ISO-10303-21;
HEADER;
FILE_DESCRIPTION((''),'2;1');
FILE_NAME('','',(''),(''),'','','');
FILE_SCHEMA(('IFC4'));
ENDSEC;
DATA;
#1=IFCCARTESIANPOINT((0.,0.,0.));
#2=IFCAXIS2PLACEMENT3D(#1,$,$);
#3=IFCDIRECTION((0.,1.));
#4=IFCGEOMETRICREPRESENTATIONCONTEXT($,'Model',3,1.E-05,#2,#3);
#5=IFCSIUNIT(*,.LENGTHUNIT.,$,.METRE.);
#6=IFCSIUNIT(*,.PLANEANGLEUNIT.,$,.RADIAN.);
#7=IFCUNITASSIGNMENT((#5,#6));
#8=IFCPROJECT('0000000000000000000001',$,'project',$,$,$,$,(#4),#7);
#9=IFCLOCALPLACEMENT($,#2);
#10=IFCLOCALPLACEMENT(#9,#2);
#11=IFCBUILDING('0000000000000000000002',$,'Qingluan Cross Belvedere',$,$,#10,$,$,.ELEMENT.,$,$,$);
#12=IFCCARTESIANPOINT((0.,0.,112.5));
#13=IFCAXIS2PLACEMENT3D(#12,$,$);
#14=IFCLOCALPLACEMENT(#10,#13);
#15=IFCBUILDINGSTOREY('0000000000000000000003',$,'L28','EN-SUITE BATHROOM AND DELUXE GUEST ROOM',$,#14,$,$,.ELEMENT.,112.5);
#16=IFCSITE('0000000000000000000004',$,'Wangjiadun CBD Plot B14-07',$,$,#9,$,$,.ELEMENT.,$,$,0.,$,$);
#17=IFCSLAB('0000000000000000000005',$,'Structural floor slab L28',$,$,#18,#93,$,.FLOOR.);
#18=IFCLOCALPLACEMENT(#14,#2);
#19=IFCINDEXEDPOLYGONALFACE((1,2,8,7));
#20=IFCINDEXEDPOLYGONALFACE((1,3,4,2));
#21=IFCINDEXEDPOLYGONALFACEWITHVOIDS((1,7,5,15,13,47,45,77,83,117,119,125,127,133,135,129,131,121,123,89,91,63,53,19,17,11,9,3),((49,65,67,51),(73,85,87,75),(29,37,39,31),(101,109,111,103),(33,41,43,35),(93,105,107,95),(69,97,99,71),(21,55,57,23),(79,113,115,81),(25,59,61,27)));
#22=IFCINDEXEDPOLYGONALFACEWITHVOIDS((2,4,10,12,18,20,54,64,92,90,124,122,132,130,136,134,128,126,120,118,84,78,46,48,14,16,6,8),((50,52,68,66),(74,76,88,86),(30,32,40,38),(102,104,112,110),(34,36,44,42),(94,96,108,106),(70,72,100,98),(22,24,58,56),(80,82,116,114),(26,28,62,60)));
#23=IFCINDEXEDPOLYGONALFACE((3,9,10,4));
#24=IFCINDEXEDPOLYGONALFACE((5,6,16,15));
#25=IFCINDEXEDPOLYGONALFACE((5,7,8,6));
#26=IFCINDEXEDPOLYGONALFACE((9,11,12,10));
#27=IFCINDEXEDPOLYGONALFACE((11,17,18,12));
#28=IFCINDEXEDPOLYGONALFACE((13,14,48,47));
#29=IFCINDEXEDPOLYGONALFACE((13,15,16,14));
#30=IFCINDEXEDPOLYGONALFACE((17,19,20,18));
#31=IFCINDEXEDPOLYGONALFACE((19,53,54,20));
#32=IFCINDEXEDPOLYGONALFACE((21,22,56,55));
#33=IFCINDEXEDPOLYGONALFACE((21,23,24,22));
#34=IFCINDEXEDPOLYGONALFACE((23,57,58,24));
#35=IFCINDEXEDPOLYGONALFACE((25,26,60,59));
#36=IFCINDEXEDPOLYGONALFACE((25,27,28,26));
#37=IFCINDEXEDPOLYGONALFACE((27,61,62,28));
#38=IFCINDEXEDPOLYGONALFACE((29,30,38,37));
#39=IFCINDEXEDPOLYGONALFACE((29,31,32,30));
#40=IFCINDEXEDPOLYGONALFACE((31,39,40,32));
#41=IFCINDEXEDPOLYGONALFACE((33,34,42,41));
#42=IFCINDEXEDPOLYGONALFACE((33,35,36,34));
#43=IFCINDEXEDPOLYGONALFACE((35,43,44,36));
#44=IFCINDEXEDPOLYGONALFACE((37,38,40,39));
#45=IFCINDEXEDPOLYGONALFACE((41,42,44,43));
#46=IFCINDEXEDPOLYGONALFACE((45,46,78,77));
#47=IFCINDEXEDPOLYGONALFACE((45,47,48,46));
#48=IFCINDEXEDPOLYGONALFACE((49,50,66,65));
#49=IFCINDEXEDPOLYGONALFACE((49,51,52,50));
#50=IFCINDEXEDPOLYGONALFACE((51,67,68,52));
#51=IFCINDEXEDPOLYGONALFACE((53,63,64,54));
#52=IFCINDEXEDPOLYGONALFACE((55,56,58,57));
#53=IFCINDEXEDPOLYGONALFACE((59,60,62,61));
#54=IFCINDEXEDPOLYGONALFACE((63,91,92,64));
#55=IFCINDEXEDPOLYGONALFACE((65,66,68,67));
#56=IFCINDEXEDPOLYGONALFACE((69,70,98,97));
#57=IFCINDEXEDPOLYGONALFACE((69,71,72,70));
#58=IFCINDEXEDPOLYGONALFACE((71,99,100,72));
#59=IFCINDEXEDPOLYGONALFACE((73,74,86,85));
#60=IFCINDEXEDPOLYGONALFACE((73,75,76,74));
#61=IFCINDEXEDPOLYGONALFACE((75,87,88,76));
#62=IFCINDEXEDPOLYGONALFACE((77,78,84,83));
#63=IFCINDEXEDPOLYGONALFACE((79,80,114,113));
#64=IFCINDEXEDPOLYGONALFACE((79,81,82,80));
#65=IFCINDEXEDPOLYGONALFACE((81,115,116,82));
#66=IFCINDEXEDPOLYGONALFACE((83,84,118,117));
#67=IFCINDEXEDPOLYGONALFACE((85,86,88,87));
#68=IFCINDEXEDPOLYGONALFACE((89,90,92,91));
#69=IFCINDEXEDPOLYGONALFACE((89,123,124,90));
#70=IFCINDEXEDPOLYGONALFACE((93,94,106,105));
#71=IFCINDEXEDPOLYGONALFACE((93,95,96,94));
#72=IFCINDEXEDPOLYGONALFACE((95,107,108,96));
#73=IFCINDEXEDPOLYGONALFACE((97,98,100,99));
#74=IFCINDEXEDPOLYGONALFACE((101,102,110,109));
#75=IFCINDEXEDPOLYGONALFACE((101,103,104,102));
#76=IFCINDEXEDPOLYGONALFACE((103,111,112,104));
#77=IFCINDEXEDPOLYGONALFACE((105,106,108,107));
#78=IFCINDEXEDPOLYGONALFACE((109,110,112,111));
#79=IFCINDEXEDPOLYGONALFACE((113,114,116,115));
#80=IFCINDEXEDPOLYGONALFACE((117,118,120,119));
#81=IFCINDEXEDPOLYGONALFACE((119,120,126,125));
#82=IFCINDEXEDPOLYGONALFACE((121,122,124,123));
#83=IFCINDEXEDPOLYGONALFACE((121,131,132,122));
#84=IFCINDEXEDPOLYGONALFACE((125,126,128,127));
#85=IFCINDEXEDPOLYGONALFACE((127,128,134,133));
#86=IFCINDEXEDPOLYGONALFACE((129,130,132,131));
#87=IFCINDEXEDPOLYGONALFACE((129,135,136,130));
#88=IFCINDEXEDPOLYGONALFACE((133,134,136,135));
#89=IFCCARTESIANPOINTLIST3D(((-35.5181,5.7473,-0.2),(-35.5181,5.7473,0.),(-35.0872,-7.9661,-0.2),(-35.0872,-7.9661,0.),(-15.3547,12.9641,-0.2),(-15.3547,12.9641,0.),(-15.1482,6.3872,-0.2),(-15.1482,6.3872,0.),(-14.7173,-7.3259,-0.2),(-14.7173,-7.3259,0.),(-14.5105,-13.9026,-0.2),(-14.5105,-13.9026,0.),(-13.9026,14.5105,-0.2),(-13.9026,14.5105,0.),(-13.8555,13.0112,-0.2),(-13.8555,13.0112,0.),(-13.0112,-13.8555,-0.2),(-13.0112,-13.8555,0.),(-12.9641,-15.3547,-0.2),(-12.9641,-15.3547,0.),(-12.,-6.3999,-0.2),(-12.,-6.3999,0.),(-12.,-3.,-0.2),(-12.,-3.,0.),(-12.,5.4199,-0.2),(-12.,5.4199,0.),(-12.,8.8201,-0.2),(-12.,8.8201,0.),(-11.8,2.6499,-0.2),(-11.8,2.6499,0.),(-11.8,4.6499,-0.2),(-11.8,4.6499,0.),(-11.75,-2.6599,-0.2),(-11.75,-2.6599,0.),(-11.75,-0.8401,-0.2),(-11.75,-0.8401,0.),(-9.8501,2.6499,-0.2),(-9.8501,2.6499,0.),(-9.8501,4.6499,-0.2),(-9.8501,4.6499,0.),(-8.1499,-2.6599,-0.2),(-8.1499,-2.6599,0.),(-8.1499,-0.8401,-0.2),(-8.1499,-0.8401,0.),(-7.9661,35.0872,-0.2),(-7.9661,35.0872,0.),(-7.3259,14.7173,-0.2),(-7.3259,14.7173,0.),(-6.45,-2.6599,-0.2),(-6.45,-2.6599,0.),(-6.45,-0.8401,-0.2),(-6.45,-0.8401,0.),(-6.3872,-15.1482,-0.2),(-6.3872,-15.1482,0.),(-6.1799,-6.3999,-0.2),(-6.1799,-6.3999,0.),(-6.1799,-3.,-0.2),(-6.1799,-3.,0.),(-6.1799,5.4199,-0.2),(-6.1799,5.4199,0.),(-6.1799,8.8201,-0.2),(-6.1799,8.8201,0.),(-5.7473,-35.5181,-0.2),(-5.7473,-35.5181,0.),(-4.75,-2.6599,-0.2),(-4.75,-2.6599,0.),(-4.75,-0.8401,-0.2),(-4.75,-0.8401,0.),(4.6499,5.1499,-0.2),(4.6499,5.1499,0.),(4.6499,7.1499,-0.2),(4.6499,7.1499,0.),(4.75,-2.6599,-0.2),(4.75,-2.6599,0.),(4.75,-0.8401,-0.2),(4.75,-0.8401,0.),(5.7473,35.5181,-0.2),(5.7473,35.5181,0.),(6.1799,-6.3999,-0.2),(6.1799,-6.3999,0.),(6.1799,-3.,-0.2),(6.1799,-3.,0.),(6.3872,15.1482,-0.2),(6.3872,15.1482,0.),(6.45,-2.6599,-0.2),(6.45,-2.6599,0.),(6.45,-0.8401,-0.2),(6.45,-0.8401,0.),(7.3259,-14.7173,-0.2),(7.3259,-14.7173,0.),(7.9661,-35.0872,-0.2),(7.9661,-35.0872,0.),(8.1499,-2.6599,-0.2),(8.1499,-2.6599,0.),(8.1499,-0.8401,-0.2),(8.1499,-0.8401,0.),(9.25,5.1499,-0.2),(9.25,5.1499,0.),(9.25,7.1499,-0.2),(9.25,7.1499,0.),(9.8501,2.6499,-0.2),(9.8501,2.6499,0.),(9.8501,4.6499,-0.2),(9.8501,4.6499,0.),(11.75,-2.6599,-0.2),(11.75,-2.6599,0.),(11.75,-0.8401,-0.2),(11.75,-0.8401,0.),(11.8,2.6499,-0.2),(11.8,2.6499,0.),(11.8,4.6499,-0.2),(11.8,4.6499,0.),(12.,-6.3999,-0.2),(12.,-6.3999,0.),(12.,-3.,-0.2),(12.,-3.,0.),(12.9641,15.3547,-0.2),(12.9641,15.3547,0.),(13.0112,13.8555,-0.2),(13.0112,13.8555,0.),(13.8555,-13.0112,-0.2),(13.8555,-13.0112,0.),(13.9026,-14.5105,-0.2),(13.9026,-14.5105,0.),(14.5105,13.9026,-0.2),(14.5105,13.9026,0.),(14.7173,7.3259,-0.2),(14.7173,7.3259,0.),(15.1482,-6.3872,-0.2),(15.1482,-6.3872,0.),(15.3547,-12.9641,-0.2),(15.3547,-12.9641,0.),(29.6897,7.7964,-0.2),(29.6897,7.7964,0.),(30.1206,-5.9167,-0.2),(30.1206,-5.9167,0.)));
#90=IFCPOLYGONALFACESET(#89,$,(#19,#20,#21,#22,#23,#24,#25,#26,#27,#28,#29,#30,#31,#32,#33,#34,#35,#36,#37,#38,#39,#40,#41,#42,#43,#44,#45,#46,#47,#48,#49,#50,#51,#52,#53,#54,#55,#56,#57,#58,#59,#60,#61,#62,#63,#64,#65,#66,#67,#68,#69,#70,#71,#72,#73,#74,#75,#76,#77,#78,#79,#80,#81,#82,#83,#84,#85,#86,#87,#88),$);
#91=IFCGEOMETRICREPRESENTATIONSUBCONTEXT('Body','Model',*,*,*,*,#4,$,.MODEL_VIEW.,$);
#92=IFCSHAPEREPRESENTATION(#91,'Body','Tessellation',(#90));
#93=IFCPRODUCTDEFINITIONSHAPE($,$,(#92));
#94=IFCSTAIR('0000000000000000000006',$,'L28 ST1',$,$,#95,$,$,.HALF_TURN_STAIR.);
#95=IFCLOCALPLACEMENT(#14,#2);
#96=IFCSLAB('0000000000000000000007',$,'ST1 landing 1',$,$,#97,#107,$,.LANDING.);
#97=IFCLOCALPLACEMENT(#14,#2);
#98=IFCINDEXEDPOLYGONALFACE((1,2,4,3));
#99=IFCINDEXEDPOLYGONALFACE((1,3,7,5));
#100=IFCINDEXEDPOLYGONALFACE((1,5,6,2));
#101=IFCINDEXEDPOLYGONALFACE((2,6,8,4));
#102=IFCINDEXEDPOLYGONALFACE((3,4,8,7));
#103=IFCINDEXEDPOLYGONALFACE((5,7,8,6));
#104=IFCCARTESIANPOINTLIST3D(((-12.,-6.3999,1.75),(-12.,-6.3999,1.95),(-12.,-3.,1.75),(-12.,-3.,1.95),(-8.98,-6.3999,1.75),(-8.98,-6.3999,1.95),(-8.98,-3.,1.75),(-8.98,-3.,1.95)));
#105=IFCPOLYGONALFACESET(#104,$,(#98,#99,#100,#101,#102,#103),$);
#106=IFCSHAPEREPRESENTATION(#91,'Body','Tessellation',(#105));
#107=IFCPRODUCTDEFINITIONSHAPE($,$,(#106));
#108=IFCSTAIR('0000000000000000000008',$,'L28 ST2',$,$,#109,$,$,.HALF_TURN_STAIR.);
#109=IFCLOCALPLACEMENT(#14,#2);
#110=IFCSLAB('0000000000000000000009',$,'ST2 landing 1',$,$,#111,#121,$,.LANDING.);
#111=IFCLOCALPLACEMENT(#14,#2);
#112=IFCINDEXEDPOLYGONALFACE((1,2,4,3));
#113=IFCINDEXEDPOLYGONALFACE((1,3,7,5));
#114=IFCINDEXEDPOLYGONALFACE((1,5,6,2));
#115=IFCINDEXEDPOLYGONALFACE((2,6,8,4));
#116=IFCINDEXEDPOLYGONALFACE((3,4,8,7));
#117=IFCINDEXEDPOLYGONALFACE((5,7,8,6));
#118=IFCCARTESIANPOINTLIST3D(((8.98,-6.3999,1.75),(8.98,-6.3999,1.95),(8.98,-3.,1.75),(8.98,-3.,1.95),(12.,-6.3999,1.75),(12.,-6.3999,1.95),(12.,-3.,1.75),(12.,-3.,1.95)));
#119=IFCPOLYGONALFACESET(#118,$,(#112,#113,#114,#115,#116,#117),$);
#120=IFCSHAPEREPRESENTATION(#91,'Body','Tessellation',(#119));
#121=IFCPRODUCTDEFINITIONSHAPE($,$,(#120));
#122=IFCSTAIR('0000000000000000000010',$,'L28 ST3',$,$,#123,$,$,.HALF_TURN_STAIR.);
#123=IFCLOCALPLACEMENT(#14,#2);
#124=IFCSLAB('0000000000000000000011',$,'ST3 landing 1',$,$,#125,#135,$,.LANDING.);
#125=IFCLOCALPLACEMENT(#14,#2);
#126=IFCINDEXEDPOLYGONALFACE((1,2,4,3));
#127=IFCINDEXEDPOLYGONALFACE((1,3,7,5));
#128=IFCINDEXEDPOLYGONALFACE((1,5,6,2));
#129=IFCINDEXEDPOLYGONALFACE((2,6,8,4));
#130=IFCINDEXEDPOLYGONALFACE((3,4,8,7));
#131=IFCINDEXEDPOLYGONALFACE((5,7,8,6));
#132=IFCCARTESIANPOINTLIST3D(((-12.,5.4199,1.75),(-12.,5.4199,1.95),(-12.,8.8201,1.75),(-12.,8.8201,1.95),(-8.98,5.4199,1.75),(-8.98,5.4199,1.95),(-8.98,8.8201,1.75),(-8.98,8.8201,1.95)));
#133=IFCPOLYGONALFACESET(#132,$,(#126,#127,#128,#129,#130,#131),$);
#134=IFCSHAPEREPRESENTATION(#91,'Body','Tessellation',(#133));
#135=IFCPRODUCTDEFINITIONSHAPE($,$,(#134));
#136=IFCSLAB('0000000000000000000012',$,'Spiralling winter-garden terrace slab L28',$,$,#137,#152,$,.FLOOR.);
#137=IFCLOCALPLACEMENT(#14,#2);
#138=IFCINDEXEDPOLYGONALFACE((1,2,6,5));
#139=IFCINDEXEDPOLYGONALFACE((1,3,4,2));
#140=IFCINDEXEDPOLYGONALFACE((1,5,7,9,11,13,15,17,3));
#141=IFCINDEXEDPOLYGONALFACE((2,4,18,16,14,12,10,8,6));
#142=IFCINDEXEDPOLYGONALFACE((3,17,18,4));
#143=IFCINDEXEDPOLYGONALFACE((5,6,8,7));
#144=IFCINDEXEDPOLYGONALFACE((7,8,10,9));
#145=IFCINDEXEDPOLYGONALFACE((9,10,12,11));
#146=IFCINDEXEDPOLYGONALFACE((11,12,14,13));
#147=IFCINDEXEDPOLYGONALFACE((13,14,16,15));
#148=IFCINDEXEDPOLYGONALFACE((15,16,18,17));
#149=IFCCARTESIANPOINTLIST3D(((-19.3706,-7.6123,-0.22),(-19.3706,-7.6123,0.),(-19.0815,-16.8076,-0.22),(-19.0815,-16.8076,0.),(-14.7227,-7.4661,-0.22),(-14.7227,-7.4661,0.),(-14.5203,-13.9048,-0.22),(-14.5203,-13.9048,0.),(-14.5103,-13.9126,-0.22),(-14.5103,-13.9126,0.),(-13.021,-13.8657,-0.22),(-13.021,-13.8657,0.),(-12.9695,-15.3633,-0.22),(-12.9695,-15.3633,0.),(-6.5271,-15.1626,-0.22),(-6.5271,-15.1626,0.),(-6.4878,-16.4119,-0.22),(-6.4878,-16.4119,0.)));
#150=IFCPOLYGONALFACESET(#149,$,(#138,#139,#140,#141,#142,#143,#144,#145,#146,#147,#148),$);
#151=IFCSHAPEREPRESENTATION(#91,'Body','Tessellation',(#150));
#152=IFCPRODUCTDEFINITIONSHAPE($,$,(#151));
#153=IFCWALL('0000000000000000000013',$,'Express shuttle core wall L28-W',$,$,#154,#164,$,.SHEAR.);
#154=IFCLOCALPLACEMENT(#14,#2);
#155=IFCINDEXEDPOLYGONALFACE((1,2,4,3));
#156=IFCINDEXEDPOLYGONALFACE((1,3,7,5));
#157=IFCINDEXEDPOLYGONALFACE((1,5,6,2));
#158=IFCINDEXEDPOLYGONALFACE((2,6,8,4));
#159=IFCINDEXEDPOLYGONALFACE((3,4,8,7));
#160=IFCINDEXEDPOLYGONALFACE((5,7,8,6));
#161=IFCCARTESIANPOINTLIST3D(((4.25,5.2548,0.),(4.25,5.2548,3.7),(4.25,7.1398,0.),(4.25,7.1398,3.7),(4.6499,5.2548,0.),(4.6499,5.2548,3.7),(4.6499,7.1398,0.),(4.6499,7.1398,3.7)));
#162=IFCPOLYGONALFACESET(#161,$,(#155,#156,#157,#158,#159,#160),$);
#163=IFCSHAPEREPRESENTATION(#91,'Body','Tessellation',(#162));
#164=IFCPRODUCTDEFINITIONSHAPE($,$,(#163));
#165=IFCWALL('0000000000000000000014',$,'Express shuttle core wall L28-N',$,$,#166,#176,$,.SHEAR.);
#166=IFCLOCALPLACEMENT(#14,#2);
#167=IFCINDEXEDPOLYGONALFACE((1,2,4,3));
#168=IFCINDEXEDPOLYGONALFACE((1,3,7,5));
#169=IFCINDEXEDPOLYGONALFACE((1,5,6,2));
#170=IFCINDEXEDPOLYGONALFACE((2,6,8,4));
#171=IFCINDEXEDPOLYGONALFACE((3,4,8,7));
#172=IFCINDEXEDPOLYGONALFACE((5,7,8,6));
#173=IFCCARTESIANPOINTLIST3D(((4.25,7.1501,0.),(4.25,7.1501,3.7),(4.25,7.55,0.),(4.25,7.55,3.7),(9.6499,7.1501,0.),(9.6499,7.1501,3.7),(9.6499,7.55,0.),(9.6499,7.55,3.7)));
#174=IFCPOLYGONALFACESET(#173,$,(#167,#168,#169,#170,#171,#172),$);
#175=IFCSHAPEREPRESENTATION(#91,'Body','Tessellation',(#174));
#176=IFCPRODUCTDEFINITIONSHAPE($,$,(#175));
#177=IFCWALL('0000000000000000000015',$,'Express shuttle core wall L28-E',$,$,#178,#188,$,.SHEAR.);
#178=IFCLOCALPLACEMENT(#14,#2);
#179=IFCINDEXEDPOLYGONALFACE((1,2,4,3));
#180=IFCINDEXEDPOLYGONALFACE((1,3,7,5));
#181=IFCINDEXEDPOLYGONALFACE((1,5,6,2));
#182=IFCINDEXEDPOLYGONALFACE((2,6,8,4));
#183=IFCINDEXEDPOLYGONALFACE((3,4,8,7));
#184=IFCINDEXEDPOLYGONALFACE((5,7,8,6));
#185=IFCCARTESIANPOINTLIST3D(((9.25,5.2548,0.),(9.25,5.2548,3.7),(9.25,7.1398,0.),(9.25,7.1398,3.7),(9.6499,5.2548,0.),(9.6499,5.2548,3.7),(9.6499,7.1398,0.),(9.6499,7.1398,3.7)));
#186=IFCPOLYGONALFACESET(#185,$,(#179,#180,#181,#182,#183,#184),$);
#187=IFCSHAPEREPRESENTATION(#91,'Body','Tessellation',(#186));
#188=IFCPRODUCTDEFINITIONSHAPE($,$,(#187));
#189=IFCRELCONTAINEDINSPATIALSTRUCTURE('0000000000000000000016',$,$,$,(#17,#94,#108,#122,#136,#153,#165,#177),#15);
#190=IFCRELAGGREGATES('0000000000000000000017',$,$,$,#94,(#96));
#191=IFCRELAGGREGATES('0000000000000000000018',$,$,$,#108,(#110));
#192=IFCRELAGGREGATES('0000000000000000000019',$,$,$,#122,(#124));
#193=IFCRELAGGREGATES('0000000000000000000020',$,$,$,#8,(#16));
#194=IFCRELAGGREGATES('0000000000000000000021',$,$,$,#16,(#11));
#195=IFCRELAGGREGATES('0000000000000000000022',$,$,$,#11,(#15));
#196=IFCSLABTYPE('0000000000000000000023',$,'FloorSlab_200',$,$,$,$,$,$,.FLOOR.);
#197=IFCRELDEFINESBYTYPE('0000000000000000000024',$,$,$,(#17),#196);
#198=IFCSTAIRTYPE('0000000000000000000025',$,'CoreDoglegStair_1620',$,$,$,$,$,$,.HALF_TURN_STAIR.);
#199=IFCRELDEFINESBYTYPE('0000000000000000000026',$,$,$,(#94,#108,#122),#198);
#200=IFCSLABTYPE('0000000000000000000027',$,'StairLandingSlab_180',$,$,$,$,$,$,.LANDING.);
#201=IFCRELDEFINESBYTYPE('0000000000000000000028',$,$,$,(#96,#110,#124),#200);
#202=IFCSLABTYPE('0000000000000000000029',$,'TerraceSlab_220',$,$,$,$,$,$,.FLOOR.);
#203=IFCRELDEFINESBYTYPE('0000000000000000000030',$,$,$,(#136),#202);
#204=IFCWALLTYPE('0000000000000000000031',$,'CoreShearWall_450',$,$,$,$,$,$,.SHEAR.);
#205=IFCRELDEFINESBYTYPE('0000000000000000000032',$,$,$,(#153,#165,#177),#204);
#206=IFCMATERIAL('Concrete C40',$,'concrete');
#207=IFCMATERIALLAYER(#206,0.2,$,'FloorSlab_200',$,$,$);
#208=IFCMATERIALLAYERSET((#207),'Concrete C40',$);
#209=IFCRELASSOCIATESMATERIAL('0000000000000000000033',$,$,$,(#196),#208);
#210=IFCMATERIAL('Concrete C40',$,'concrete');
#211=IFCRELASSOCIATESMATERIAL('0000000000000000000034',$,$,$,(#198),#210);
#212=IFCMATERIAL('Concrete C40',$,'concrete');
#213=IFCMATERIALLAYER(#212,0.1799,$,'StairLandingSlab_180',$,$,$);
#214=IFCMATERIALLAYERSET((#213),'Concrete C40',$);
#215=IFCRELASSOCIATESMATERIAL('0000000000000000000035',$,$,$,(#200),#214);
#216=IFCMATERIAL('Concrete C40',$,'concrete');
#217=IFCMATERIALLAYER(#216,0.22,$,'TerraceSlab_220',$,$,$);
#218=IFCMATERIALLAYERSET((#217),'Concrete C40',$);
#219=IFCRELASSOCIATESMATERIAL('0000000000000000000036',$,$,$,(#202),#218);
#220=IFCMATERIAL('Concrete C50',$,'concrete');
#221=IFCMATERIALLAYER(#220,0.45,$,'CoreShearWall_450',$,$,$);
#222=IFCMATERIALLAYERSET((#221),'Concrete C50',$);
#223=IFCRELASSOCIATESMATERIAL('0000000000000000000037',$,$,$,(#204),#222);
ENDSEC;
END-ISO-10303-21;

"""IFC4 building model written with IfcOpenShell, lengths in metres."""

from ifc_helpers import new_model, si_unit, direction, frame, frame_2d, origin, place, context, subcontext, project, spatial, polyline, rectangle, outline, extrude, material, layer, layer_set, type_object, element, aggregate, save


model = new_model("IFC4")

# Units and contexts
model_context = context("Model", 3, precision=1e-05, world=origin(), true_north=direction((0.0, 1.0)))
body_context = subcontext(model_context, "Body", "Model", "MODEL_VIEW")
ifc_project = project(units=[si_unit("LENGTHUNIT", "METRE"), si_unit("PLANEANGLEUNIT", "RADIAN")], contexts=[model_context])

# Site, building, storey
site_placement = place(None, origin())
site = spatial("IfcSite", under=ifc_project, at=site_placement, Name="Wangjiadun CBD Plot B14-07", CompositionType="ELEMENT", RefElevation=0.0)
building_placement = place(site_placement, origin())
building = spatial("IfcBuilding", under=site, at=building_placement, Name="Qingluan Cross Belvedere", CompositionType="ELEMENT")
storey_placement = place(building_placement, frame((0.0, 0.0, 112.5)))
storey = spatial("IfcBuildingStorey", under=building, at=storey_placement, Name="L28", Description="EN-SUITE BATHROOM AND DELUXE GUEST ROOM", CompositionType="ELEMENT", Elevation=112.5)

# Slab
ifc_material_1 = material(Name="Concrete C40", Category="concrete")
ifc_layer_1 = layer(ifc_material_1, 0.2, Name="FloorSlab_200")
ifc_layer_set_1 = layer_set([ifc_layer_1], Name="Concrete C40")
slab_type_1 = type_object("IfcSlabType", Name="FloorSlab_200", PredefinedType="FLOOR", material=ifc_layer_set_1)
slab_1_placement = place(storey_placement, frame((0.0, 0.0, -0.2)))
element("IfcSlab", 1, at=slab_1_placement, inside=storey, type_object=slab_type_1, Name="Structural floor slab L28", PredefinedType="FLOOR", context=body_context, shape_type="SweptSolid", body=[
    extrude(outline(polyline([(7.9661, -35.0872), (7.3259, -14.7173), (13.9026, -14.5105), (13.8555, -13.0112), (15.3547, -12.9641), (15.1482, -6.3872), (30.1206, -5.9167), (29.6897, 7.7964), (14.7173, 7.3259), (14.5105, 13.9026), (13.0112, 13.8555), (12.9641, 15.3547), (6.3872, 15.1482), (5.7473, 35.5181), (-7.9661, 35.0872), (-7.3259, 14.7173), (-13.9026, 14.5105), (-13.8555, 13.0112), (-15.3547, 12.9641), (-15.1482, 6.3872), (-35.5181, 5.7473), (-35.0872, -7.9661), (-14.7173, -7.3259), (-14.5105, -13.9026), (-13.0112, -13.8555), (-12.9641, -15.3547), (-6.3872, -15.1482), (-5.7473, -35.5181), (7.9661, -35.0872)]), holes=[polyline([(-12.0, -3.0), (-6.1799, -3.0), (-6.1799, -6.3999), (-12.0, -6.3999), (-12.0, -3.0)]), polyline([(6.1799, -3.0), (12.0, -3.0), (12.0, -6.3999), (6.1799, -6.3999), (6.1799, -3.0)]), polyline([(-12.0, 8.8201), (-6.1799, 8.8201), (-6.1799, 5.4199), (-12.0, 5.4199), (-12.0, 8.8201)]), polyline([(-11.8, 4.6499), (-9.8501, 4.6499), (-9.8501, 2.6499), (-11.8, 2.6499), (-11.8, 4.6499)]), polyline([(9.8501, 4.6499), (11.8, 4.6499), (11.8, 2.6499), (9.8501, 2.6499), (9.8501, 4.6499)]), polyline([(-11.75, -0.8401), (-8.1499, -0.8401), (-8.1499, -2.6599), (-11.75, -2.6599), (-11.75, -0.8401)]), polyline([(-6.45, -0.8401), (-4.75, -0.8401), (-4.75, -2.6599), (-6.45, -2.6599), (-6.45, -0.8401)]), polyline([(4.75, -0.8401), (6.45, -0.8401), (6.45, -2.6599), (4.75, -2.6599), (4.75, -0.8401)]), polyline([(8.1499, -0.8401), (11.75, -0.8401), (11.75, -2.6599), (8.1499, -2.6599), (8.1499, -0.8401)]), polyline([(4.6499, 7.1499), (9.25, 7.1499), (9.25, 5.1499), (4.6499, 5.1499), (4.6499, 7.1499)])]), origin(), (0.0, 0.0, 1.0), 0.2),
])

# Stairs, slabs
ifc_material_2 = material(Name="Concrete C40", Category="concrete")
stair_type = type_object("IfcStairType", Name="CoreDoglegStair_1620", PredefinedType="HALF_TURN_STAIR", material=ifc_material_2)
stair_1_placement = place(storey_placement, origin())
stair_1 = element("IfcStair", 2, at=stair_1_placement, inside=storey, type_object=stair_type, Name="L28 ST1", PredefinedType="HALF_TURN_STAIR")
ifc_material_3 = material(Name="Concrete C40", Category="concrete")
ifc_layer_2 = layer(ifc_material_3, 0.1799, Name="StairLandingSlab_180")
ifc_layer_set_2 = layer_set([ifc_layer_2], Name="Concrete C40")
slab_type_2 = type_object("IfcSlabType", Name="StairLandingSlab_180", PredefinedType="LANDING", material=ifc_layer_set_2)
slab_2_placement = place(storey_placement, frame((0.0, 0.0, 1.75)))
slab_2 = element("IfcSlab", 3, at=slab_2_placement, type_object=slab_type_2, Name="ST1 landing 1", PredefinedType="LANDING", context=body_context, shape_type="SweptSolid", body=[
    extrude(outline(polyline([(-8.98, -3.0), (-12.0, -3.0), (-12.0, -6.3999), (-8.98, -6.3999), (-8.98, -3.0)])), origin(), (0.0, 0.0, 1.0), 0.2),
])
aggregate(stair_1, [slab_2])
stair_2_placement = place(storey_placement, origin())
stair_2 = element("IfcStair", 4, at=stair_2_placement, inside=storey, type_object=stair_type, Name="L28 ST2", PredefinedType="HALF_TURN_STAIR")
slab_3_placement = place(storey_placement, frame((0.0, 0.0, 1.75)))
slab_3 = element("IfcSlab", 5, at=slab_3_placement, type_object=slab_type_2, Name="ST2 landing 1", PredefinedType="LANDING", context=body_context, shape_type="SweptSolid", body=[
    extrude(outline(polyline([(8.98, -6.3999), (12.0, -6.3999), (12.0, -3.0), (8.98, -3.0), (8.98, -6.3999)])), origin(), (0.0, 0.0, 1.0), 0.2),
])
aggregate(stair_2, [slab_3])
stair_3_placement = place(storey_placement, origin())
stair_3 = element("IfcStair", 6, at=stair_3_placement, inside=storey, type_object=stair_type, Name="L28 ST3", PredefinedType="HALF_TURN_STAIR")
slab_4_placement = place(storey_placement, frame((0.0, 0.0, 1.75)))
slab_4 = element("IfcSlab", 7, at=slab_4_placement, type_object=slab_type_2, Name="ST3 landing 1", PredefinedType="LANDING", context=body_context, shape_type="SweptSolid", body=[
    extrude(outline(polyline([(-8.98, 8.8201), (-12.0, 8.8201), (-12.0, 5.4199), (-8.98, 5.4199), (-8.98, 8.8201)])), origin(), (0.0, 0.0, 1.0), 0.2),
])
aggregate(stair_3, [slab_4])

# Slab
ifc_material_4 = material(Name="Concrete C40", Category="concrete")
ifc_layer_3 = layer(ifc_material_4, 0.22, Name="TerraceSlab_220")
ifc_layer_set_3 = layer_set([ifc_layer_3], Name="Concrete C40")
slab_type_3 = type_object("IfcSlabType", Name="TerraceSlab_220", PredefinedType="FLOOR", material=ifc_layer_set_3)
slab_5_placement = place(storey_placement, frame((0.0, 0.0, -0.22)))
element("IfcSlab", 8, at=slab_5_placement, inside=storey, type_object=slab_type_3, Name="Spiralling winter-garden terrace slab L28", PredefinedType="FLOOR", context=body_context, shape_type="SweptSolid", body=[
    extrude(outline(polyline([(-6.5271, -15.1626), (-12.9695, -15.3633), (-13.021, -13.8657), (-14.5103, -13.9126), (-14.5203, -13.9048), (-14.7227, -7.4661), (-19.3706, -7.6123), (-19.0815, -16.8076), (-6.4878, -16.4119), (-6.5271, -15.1626)])), origin(), (0.0, 0.0, 1.0), 0.22),
])

# Walls
ifc_material_5 = material(Name="Concrete C50", Category="concrete")
ifc_layer_4 = layer(ifc_material_5, 0.45, Name="CoreShearWall_450")
ifc_layer_set_4 = layer_set([ifc_layer_4], Name="Concrete C50")
wall_type_1 = type_object("IfcWallType", Name="CoreShearWall_450", PredefinedType="SHEAR", material=ifc_layer_set_4)
wall_1_placement = place(storey_placement, frame((4.45, 5.2549, 0.0), z_axis=(0.0, 0.0, 1.0), x_axis=(0.0, 1.0, 0.0)))
element("IfcWall", 9, at=wall_1_placement, inside=storey, type_object=wall_type_1, Name="Express shuttle core wall L28-W", PredefinedType="SHEAR", context=body_context, shape_type="SweptSolid", body=[
    extrude(rectangle(XDim=1.885, YDim=0.3999, at=frame_2d((0.9424, 0.0))), origin(), (0.0, 0.0, 1.0), 3.7),
])
wall_2_placement = place(storey_placement, frame((4.25, 7.3501, 0.0), z_axis=(0.0, 0.0, 1.0), x_axis=(1.0, 0.0, 0.0)))
element("IfcWall", 10, at=wall_2_placement, inside=storey, type_object=wall_type_1, Name="Express shuttle core wall L28-N", PredefinedType="SHEAR", context=body_context, shape_type="SweptSolid", body=[
    extrude(rectangle(XDim=5.3999, YDim=0.3999, at=frame_2d((2.7, 0.0))), origin(), (0.0, 0.0, 1.0), 3.7),
])
wall_3_placement = place(storey_placement, frame((9.45, 5.2549, 0.0), z_axis=(0.0, 0.0, 1.0), x_axis=(0.0, 1.0, 0.0)))
element("IfcWall", 11, at=wall_3_placement, inside=storey, type_object=wall_type_1, Name="Express shuttle core wall L28-E", PredefinedType="SHEAR", context=body_context, shape_type="SweptSolid", body=[
    extrude(rectangle(XDim=1.885, YDim=0.3999, at=frame_2d((0.9424, 0.0))), origin(), (0.0, 0.0, 1.0), 3.7),
])

save(model, "model.ifc")
